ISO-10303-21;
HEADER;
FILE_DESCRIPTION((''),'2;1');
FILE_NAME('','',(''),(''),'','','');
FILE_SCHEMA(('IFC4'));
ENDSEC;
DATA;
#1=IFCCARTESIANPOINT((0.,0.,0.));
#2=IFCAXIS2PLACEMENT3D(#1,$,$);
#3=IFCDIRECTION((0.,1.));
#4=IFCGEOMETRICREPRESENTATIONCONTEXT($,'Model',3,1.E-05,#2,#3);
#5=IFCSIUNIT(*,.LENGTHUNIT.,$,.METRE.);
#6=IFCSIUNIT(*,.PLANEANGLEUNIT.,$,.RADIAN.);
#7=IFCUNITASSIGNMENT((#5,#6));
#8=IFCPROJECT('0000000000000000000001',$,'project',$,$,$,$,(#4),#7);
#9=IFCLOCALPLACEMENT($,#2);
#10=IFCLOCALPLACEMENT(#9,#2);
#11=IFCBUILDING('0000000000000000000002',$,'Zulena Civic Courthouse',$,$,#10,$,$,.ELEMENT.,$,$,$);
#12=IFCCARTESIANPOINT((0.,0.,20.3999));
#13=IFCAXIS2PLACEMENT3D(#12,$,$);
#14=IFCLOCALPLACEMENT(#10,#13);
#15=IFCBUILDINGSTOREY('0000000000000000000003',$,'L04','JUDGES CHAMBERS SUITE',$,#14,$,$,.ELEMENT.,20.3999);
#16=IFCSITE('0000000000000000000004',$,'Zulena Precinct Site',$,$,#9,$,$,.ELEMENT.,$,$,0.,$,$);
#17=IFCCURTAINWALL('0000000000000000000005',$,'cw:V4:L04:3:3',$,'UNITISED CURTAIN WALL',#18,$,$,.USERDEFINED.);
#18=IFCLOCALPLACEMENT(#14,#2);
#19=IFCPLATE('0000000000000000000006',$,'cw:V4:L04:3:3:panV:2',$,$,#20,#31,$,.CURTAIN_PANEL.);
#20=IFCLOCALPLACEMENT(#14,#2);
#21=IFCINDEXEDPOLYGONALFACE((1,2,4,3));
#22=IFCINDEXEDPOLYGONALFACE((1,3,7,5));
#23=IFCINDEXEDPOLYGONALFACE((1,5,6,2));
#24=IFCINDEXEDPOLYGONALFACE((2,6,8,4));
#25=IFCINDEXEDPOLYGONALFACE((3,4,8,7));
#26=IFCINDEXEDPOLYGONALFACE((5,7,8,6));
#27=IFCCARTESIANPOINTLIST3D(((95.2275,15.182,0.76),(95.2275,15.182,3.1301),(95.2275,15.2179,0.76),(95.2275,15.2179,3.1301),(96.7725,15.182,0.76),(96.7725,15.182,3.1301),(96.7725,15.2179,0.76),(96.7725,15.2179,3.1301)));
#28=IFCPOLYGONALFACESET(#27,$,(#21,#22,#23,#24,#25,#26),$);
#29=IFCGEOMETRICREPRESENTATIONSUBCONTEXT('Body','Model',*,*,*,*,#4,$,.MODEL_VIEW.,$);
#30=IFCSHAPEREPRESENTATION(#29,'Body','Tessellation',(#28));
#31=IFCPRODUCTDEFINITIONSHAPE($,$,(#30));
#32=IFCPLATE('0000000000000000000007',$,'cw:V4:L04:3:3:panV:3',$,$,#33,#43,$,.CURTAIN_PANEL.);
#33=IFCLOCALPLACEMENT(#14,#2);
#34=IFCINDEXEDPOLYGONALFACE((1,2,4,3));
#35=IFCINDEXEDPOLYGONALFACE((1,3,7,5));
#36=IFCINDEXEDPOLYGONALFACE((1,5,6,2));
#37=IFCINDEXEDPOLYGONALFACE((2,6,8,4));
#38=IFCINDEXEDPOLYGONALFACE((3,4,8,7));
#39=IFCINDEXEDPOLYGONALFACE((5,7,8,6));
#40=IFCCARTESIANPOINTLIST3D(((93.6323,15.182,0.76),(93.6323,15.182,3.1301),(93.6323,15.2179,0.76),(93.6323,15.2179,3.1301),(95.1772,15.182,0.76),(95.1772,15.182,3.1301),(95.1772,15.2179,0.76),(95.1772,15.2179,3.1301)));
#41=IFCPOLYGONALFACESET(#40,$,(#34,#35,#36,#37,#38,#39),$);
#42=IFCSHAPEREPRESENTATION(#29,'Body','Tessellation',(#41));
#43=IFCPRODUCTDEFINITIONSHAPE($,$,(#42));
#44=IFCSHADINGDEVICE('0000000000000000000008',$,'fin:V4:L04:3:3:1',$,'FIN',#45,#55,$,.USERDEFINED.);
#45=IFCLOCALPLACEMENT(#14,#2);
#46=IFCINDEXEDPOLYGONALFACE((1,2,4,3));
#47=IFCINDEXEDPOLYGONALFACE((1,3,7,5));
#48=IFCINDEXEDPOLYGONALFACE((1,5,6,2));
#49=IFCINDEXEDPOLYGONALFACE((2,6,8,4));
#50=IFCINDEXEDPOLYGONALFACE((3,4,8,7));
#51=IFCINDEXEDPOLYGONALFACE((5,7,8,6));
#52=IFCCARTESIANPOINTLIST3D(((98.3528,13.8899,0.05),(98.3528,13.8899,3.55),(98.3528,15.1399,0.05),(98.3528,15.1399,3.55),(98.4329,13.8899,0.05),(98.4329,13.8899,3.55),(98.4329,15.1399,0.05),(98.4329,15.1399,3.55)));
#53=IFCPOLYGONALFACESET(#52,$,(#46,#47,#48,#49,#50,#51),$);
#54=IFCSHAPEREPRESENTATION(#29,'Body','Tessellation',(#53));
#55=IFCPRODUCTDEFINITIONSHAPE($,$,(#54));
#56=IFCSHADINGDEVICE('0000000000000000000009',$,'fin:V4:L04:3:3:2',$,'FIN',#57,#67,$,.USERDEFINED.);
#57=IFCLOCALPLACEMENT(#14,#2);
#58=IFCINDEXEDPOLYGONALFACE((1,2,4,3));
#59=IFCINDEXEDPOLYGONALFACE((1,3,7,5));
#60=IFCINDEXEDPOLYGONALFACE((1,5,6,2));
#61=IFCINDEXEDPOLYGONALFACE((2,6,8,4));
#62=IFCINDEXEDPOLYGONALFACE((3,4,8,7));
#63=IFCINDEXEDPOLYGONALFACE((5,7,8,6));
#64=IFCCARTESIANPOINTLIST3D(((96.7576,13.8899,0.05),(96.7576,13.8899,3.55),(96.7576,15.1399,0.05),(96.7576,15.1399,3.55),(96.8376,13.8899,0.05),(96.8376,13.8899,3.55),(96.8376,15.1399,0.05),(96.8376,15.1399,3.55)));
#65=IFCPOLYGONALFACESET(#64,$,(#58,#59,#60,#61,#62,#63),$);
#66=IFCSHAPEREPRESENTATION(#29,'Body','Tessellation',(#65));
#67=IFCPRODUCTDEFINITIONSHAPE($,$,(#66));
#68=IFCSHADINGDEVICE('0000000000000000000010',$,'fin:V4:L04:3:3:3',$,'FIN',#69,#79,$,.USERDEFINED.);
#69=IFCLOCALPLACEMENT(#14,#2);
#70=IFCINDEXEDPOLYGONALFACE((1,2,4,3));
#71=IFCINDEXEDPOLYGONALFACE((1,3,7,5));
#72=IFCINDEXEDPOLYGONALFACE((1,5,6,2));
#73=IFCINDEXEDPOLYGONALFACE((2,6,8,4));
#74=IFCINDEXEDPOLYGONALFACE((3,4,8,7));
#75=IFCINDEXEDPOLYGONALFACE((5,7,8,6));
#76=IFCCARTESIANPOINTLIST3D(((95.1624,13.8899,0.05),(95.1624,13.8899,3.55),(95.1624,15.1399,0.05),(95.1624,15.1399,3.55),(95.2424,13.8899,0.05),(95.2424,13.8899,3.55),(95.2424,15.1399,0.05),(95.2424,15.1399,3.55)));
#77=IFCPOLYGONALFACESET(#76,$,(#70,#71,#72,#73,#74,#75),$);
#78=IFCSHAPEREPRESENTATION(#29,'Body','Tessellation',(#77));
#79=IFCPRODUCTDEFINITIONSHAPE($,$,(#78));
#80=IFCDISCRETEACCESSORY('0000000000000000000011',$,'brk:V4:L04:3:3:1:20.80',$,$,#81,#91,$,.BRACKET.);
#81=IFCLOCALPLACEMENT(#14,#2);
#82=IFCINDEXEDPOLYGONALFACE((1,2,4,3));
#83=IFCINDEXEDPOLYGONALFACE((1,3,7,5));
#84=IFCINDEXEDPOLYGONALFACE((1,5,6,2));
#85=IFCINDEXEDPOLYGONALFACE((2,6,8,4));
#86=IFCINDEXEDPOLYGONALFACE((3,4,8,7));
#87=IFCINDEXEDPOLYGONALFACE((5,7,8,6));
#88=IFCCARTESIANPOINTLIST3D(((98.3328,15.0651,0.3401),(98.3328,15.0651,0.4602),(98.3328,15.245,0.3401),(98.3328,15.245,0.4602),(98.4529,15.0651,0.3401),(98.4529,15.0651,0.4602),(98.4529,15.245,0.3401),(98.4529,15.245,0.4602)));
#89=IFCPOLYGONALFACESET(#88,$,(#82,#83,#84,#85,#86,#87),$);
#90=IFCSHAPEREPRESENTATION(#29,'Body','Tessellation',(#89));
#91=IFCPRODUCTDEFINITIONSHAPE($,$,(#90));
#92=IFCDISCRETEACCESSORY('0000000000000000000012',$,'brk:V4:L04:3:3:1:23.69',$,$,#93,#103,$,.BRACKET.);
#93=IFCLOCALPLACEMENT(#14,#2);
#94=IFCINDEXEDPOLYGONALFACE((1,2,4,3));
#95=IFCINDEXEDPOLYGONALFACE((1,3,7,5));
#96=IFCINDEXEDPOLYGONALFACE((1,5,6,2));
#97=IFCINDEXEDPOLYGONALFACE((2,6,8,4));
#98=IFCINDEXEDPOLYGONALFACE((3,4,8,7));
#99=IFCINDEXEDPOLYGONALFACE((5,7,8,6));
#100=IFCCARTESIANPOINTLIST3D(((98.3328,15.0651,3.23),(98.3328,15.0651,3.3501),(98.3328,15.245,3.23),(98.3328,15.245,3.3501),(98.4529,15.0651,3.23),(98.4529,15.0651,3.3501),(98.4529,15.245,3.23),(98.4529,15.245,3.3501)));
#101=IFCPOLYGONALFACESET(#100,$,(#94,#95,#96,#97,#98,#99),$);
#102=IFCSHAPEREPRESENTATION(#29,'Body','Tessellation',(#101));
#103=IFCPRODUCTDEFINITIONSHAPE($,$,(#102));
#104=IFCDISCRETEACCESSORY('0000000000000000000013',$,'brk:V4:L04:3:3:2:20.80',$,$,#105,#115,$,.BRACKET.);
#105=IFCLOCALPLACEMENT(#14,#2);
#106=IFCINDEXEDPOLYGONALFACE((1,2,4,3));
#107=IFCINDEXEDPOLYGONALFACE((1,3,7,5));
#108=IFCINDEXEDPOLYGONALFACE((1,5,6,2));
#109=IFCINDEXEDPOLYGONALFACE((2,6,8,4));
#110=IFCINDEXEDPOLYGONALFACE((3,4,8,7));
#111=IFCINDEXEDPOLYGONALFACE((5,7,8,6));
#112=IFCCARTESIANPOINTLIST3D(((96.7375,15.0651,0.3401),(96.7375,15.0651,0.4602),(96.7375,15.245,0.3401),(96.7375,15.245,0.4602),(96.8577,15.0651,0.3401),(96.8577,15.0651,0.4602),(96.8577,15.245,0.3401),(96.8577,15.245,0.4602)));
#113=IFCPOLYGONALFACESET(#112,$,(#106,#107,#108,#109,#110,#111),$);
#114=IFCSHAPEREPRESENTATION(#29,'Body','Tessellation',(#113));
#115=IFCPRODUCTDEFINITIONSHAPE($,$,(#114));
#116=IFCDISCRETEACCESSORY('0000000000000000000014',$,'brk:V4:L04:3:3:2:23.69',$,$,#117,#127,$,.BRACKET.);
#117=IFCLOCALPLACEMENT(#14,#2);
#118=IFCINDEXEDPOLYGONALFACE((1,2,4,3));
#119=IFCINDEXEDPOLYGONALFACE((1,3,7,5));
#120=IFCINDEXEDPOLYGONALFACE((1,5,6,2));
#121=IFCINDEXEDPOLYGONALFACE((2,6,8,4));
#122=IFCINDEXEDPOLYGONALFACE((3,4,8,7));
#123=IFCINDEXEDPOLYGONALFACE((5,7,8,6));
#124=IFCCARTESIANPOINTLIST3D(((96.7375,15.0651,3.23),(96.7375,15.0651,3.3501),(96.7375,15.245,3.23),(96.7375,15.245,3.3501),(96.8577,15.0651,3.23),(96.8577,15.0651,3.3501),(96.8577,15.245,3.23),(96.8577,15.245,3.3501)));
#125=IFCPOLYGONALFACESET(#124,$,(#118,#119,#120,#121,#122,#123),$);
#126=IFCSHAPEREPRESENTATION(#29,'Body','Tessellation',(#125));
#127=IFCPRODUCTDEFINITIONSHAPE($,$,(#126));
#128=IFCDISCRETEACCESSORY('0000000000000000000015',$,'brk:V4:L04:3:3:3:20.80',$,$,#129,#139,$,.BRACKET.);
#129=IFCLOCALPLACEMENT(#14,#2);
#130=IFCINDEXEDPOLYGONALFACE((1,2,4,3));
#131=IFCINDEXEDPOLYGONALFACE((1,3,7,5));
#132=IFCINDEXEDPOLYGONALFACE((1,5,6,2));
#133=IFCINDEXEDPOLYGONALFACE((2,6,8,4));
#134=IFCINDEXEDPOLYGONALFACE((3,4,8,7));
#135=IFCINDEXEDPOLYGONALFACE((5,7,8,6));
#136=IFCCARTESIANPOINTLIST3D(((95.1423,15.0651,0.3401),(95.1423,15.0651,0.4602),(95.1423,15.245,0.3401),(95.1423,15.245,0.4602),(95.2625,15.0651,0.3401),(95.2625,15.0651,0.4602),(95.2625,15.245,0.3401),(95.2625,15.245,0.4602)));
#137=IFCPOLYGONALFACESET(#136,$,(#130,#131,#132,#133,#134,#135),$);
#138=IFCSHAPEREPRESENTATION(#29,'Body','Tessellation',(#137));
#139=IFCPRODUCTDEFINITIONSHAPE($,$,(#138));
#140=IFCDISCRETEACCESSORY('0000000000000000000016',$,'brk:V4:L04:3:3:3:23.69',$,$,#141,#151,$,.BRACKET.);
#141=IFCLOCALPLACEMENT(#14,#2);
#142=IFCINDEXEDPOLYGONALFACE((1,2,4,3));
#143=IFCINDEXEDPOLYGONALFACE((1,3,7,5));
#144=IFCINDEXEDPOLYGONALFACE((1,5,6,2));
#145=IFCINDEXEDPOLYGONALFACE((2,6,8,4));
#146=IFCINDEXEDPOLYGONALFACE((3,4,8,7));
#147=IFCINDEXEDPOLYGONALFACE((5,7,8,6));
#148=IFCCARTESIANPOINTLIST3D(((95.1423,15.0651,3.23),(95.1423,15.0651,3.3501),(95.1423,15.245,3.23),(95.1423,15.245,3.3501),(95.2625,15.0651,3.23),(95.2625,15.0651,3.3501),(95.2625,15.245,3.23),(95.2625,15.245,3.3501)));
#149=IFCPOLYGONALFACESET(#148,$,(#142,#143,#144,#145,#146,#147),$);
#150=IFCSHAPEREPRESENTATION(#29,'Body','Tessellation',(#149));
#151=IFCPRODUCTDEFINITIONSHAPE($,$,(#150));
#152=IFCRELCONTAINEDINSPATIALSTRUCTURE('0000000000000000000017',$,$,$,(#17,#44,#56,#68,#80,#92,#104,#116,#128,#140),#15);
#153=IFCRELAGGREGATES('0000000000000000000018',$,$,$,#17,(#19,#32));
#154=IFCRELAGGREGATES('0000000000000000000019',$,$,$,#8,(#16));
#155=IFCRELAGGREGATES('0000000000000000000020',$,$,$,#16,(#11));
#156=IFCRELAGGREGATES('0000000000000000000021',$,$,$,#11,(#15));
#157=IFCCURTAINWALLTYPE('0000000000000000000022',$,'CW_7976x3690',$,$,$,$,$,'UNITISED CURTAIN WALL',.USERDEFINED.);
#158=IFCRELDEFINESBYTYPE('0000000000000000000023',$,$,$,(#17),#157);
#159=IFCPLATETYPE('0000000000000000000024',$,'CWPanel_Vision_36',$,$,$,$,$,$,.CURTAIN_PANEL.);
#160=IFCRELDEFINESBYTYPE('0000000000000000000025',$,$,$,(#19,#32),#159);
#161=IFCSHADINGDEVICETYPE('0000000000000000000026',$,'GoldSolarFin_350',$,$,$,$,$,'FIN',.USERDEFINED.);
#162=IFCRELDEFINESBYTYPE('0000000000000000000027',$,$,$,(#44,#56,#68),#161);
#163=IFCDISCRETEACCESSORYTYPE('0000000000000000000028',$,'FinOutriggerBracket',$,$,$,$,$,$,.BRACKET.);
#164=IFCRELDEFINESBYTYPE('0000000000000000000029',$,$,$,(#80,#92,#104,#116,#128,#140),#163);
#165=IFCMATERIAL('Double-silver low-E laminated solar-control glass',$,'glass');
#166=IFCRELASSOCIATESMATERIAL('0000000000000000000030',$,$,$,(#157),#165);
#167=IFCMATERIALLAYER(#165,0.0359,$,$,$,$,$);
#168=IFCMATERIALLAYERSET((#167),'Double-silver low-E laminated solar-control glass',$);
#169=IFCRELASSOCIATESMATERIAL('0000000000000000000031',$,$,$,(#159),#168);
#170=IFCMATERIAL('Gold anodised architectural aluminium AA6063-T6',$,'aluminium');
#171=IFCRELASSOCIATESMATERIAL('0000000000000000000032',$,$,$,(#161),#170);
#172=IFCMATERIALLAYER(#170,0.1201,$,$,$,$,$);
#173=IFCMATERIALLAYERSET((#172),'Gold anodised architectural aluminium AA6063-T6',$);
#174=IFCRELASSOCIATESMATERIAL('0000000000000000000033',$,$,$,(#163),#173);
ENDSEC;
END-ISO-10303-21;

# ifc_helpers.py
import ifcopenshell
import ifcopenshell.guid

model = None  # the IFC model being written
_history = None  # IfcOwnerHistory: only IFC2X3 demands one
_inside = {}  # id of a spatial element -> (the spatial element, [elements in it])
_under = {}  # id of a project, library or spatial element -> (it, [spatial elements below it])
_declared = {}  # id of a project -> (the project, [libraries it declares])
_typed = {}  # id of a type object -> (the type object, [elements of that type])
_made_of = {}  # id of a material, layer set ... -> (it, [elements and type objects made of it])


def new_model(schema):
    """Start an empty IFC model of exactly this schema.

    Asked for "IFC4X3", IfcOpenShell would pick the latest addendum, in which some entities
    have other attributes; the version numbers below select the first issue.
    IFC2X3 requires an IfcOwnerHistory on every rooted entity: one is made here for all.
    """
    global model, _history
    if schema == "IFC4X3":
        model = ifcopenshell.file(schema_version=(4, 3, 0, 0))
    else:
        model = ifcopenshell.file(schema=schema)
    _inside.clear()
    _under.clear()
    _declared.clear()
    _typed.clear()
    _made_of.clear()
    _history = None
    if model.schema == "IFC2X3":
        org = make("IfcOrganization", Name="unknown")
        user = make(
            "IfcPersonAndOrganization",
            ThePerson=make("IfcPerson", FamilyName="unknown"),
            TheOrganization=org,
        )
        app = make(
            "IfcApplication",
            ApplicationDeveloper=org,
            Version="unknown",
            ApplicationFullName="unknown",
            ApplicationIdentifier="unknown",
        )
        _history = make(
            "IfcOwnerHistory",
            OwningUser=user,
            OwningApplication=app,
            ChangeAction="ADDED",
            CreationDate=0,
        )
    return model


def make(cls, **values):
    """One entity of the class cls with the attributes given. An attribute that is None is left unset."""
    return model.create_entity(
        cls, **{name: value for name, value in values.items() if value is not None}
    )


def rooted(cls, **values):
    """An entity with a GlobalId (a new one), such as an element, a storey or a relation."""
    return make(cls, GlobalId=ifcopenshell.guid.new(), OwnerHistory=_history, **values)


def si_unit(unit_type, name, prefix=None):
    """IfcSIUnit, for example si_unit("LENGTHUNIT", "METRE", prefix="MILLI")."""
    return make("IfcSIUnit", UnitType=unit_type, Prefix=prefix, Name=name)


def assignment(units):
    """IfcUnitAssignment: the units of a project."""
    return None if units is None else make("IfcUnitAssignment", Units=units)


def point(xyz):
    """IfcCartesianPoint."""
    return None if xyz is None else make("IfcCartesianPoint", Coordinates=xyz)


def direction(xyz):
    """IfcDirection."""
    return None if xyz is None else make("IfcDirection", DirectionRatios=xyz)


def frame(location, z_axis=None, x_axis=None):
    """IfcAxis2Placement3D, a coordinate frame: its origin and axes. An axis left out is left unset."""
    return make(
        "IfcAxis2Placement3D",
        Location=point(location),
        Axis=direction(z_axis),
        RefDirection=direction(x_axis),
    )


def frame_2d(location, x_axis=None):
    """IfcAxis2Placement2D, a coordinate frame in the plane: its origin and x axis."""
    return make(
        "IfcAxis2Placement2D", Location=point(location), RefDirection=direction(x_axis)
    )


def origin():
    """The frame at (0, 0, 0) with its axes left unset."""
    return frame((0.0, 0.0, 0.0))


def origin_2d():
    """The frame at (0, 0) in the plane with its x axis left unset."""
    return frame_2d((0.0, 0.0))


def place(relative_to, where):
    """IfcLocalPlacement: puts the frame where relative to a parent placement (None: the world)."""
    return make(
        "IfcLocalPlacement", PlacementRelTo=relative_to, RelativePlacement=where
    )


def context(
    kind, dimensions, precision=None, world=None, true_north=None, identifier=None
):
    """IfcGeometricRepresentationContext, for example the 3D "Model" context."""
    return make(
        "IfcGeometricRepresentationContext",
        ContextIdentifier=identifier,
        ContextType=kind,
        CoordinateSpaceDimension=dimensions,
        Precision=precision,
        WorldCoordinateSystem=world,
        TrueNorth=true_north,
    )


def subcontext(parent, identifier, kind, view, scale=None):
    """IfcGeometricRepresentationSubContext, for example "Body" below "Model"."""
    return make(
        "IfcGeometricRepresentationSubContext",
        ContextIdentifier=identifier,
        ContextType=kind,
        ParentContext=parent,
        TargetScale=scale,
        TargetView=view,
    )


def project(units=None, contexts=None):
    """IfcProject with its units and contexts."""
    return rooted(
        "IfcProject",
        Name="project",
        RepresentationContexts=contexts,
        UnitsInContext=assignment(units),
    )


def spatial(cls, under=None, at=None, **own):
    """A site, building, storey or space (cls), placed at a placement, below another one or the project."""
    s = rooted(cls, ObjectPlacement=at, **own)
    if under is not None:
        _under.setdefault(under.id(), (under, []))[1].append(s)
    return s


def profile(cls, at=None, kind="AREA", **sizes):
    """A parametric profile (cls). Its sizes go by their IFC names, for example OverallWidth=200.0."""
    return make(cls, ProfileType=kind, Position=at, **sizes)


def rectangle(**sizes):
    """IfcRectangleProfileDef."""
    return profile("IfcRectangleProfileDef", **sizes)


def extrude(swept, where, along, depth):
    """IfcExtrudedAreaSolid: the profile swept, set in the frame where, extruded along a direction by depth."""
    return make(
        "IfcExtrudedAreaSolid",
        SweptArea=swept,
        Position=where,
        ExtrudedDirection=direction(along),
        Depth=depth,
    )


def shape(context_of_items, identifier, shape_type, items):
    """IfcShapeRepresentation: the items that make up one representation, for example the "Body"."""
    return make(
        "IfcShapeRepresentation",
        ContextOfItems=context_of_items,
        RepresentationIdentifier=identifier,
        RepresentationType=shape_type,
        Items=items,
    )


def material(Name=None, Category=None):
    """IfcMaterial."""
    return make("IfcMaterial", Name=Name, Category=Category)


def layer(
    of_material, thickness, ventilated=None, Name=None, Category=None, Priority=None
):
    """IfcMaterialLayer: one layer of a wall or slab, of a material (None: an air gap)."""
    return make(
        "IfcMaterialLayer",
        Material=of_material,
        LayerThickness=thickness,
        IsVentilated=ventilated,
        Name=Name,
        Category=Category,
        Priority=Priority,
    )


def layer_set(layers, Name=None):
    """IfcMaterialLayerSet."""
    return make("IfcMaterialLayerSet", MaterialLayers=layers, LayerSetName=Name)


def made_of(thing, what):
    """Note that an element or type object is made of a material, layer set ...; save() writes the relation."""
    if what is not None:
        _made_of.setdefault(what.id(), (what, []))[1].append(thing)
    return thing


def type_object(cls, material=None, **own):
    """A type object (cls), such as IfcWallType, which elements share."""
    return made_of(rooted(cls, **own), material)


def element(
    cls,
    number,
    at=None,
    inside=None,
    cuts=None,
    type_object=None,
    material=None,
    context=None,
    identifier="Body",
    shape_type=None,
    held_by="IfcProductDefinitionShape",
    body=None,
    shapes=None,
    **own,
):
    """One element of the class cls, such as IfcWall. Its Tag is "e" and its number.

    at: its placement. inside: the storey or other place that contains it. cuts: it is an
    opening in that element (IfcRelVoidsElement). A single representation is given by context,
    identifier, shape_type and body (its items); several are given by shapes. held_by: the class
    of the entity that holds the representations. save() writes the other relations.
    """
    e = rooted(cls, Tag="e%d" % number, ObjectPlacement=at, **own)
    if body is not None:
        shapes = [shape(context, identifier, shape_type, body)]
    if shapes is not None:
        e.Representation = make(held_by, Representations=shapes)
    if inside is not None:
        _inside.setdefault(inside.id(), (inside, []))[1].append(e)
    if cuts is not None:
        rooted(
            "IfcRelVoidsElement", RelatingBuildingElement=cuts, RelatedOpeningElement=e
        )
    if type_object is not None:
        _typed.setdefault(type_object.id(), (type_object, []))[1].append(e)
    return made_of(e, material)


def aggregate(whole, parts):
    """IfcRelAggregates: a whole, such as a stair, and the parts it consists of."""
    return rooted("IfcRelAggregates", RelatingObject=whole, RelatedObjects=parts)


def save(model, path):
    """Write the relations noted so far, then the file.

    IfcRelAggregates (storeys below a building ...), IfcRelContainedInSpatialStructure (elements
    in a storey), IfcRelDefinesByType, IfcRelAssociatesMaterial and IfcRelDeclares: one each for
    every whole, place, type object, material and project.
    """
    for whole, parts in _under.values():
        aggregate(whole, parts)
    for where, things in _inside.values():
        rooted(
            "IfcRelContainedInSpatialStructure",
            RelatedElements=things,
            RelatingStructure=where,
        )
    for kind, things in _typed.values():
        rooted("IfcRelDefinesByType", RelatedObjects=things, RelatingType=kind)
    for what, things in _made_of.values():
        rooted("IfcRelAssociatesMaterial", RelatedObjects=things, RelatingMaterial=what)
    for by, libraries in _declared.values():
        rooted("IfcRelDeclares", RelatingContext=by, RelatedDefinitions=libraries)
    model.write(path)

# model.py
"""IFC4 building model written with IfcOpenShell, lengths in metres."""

from ifc_helpers import new_model, si_unit, direction, frame, origin, origin_2d, place, context, subcontext, project, spatial, rectangle, extrude, material, layer, layer_set, type_object, element, aggregate, save


model = new_model("IFC4")

# Units and contexts
model_context = context("Model", 3, precision=1e-05, world=origin(), true_north=direction((0.0, 1.0)))
body_context = subcontext(model_context, "Body", "Model", "MODEL_VIEW")
ifc_project = project(units=[si_unit("LENGTHUNIT", "METRE"), si_unit("PLANEANGLEUNIT", "RADIAN")], contexts=[model_context])

# Site, building, storey
site_placement = place(None, origin())
site = spatial("IfcSite", under=ifc_project, at=site_placement, Name="Zulena Precinct Site", CompositionType="ELEMENT", RefElevation=0.0)
building_placement = place(site_placement, origin())
building = spatial("IfcBuilding", under=site, at=building_placement, Name="Zulena Civic Courthouse", CompositionType="ELEMENT")
storey_placement = place(building_placement, frame((0.0, 0.0, 20.3999)))
storey = spatial("IfcBuildingStorey", under=building, at=storey_placement, Name="L04", Description="JUDGES CHAMBERS SUITE", CompositionType="ELEMENT", Elevation=20.3999)

# Curtain wall
ifc_material_1 = material(Name="Double-silver low-E laminated solar-control glass", Category="glass")
curtain_wall_type = type_object("IfcCurtainWallType", Name="CW_7976x3690", ElementType="UNITISED CURTAIN WALL", PredefinedType="USERDEFINED", material=ifc_material_1)
curtain_wall_placement = place(storey_placement, origin())
curtain_wall = element("IfcCurtainWall", 1, at=curtain_wall_placement, inside=storey, type_object=curtain_wall_type, Name="cw:V4:L04:3:3", ObjectType="UNITISED CURTAIN WALL", PredefinedType="USERDEFINED")

# Plates
ifc_layer_1 = layer(ifc_material_1, 0.0359)
ifc_layer_set_1 = layer_set([ifc_layer_1], Name="Double-silver low-E laminated solar-control glass")
plate_type_1 = type_object("IfcPlateType", Name="CWPanel_Vision_36", PredefinedType="CURTAIN_PANEL", material=ifc_layer_set_1)
plate_1_placement = place(storey_placement, frame((96.0, 15.2, 0.76), z_axis=(0.0, 0.0, 1.0), x_axis=(-1.0, 0.0, 0.0)))
plate_1 = element("IfcPlate", 2, at=plate_1_placement, type_object=plate_type_1, Name="cw:V4:L04:3:3:panV:2", PredefinedType="CURTAIN_PANEL", context=body_context, shape_type="SweptSolid", body=[
    extrude(rectangle(XDim=1.5449, YDim=0.0359, at=origin_2d()), origin(), (0.0, 0.0, 1.0), 2.3701),
])
plate_2_placement = place(storey_placement, frame((94.4048, 15.2, 0.76), z_axis=(0.0, 0.0, 1.0), x_axis=(-1.0, 0.0, 0.0)))
plate_2 = element("IfcPlate", 3, at=plate_2_placement, type_object=plate_type_1, Name="cw:V4:L04:3:3:panV:3", PredefinedType="CURTAIN_PANEL", context=body_context, shape_type="SweptSolid", body=[
    extrude(rectangle(XDim=1.5449, YDim=0.0359, at=origin_2d()), origin(), (0.0, 0.0, 1.0), 2.3701),
])
aggregate(curtain_wall, [plate_1, plate_2])

# Shading devices
ifc_material_2 = material(Name="Gold anodised architectural aluminium AA6063-T6", Category="aluminium")
shading_device_type = type_object("IfcShadingDeviceType", Name="GoldSolarFin_350", ElementType="FIN", PredefinedType="USERDEFINED", material=ifc_material_2)
for number, where, z_axis, x_axis, name in (
    (4, (98.3928, 14.5149, 0.05), (0.0, 0.0, 1.0), (0.0, -1.0, 0.0), "fin:V4:L04:3:3:1"),
    (5, (96.7976, 14.5149, 0.05), (0.0, 0.0, 1.0), (0.0, -1.0, 0.0), "fin:V4:L04:3:3:2"),
    (6, (95.2024, 14.5149, 0.05), (0.0, 0.0, 1.0), (0.0, -1.0, 0.0), "fin:V4:L04:3:3:3"),
):
    element("IfcShadingDevice", number, at=place(storey_placement, frame(where, z_axis=z_axis, x_axis=x_axis)), inside=storey, type_object=shading_device_type, Name=name, ObjectType="FIN", PredefinedType="USERDEFINED", context=body_context, shape_type="SweptSolid", body=[
        extrude(rectangle(XDim=1.25, YDim=0.0801, at=origin_2d()), origin(), (0.0, 0.0, 1.0), 3.5),
    ])

# Discrete accessories
ifc_layer_2 = layer(ifc_material_2, 0.1201)
ifc_layer_set_2 = layer_set([ifc_layer_2], Name="Gold anodised architectural aluminium AA6063-T6")
discrete_accessory_type = type_object("IfcDiscreteAccessoryType", Name="FinOutriggerBracket", PredefinedType="BRACKET", material=ifc_layer_set_2)
for number, where, z_axis, x_axis, name in (
    (7, (98.3928, 15.155, 0.3401), (0.0, 0.0, 1.0), (0.0, -1.0, 0.0), "brk:V4:L04:3:3:1:20.80"),
    (8, (98.3928, 15.155, 3.23), (0.0, 0.0, 1.0), (0.0, -1.0, 0.0), "brk:V4:L04:3:3:1:23.69"),
    (9, (96.7976, 15.155, 0.3401), (0.0, 0.0, 1.0), (0.0, -1.0, 0.0), "brk:V4:L04:3:3:2:20.80"),
    (10, (96.7976, 15.155, 3.23), (0.0, 0.0, 1.0), (0.0, -1.0, 0.0), "brk:V4:L04:3:3:2:23.69"),
    (11, (95.2024, 15.155, 0.3401), (0.0, 0.0, 1.0), (0.0, -1.0, 0.0), "brk:V4:L04:3:3:3:20.80"),
    (12, (95.2024, 15.155, 3.23), (0.0, 0.0, 1.0), (0.0, -1.0, 0.0), "brk:V4:L04:3:3:3:23.69"),
):
    element("IfcDiscreteAccessory", number, at=place(storey_placement, frame(where, z_axis=z_axis, x_axis=x_axis)), inside=storey, type_object=discrete_accessory_type, Name=name, PredefinedType="BRACKET", context=body_context, shape_type="SweptSolid", body=[
        extrude(rectangle(XDim=0.1799, YDim=0.1201, at=origin_2d()), origin(), (0.0, 0.0, 1.0), 0.1201),
    ])

save(model, "model.ifc")
